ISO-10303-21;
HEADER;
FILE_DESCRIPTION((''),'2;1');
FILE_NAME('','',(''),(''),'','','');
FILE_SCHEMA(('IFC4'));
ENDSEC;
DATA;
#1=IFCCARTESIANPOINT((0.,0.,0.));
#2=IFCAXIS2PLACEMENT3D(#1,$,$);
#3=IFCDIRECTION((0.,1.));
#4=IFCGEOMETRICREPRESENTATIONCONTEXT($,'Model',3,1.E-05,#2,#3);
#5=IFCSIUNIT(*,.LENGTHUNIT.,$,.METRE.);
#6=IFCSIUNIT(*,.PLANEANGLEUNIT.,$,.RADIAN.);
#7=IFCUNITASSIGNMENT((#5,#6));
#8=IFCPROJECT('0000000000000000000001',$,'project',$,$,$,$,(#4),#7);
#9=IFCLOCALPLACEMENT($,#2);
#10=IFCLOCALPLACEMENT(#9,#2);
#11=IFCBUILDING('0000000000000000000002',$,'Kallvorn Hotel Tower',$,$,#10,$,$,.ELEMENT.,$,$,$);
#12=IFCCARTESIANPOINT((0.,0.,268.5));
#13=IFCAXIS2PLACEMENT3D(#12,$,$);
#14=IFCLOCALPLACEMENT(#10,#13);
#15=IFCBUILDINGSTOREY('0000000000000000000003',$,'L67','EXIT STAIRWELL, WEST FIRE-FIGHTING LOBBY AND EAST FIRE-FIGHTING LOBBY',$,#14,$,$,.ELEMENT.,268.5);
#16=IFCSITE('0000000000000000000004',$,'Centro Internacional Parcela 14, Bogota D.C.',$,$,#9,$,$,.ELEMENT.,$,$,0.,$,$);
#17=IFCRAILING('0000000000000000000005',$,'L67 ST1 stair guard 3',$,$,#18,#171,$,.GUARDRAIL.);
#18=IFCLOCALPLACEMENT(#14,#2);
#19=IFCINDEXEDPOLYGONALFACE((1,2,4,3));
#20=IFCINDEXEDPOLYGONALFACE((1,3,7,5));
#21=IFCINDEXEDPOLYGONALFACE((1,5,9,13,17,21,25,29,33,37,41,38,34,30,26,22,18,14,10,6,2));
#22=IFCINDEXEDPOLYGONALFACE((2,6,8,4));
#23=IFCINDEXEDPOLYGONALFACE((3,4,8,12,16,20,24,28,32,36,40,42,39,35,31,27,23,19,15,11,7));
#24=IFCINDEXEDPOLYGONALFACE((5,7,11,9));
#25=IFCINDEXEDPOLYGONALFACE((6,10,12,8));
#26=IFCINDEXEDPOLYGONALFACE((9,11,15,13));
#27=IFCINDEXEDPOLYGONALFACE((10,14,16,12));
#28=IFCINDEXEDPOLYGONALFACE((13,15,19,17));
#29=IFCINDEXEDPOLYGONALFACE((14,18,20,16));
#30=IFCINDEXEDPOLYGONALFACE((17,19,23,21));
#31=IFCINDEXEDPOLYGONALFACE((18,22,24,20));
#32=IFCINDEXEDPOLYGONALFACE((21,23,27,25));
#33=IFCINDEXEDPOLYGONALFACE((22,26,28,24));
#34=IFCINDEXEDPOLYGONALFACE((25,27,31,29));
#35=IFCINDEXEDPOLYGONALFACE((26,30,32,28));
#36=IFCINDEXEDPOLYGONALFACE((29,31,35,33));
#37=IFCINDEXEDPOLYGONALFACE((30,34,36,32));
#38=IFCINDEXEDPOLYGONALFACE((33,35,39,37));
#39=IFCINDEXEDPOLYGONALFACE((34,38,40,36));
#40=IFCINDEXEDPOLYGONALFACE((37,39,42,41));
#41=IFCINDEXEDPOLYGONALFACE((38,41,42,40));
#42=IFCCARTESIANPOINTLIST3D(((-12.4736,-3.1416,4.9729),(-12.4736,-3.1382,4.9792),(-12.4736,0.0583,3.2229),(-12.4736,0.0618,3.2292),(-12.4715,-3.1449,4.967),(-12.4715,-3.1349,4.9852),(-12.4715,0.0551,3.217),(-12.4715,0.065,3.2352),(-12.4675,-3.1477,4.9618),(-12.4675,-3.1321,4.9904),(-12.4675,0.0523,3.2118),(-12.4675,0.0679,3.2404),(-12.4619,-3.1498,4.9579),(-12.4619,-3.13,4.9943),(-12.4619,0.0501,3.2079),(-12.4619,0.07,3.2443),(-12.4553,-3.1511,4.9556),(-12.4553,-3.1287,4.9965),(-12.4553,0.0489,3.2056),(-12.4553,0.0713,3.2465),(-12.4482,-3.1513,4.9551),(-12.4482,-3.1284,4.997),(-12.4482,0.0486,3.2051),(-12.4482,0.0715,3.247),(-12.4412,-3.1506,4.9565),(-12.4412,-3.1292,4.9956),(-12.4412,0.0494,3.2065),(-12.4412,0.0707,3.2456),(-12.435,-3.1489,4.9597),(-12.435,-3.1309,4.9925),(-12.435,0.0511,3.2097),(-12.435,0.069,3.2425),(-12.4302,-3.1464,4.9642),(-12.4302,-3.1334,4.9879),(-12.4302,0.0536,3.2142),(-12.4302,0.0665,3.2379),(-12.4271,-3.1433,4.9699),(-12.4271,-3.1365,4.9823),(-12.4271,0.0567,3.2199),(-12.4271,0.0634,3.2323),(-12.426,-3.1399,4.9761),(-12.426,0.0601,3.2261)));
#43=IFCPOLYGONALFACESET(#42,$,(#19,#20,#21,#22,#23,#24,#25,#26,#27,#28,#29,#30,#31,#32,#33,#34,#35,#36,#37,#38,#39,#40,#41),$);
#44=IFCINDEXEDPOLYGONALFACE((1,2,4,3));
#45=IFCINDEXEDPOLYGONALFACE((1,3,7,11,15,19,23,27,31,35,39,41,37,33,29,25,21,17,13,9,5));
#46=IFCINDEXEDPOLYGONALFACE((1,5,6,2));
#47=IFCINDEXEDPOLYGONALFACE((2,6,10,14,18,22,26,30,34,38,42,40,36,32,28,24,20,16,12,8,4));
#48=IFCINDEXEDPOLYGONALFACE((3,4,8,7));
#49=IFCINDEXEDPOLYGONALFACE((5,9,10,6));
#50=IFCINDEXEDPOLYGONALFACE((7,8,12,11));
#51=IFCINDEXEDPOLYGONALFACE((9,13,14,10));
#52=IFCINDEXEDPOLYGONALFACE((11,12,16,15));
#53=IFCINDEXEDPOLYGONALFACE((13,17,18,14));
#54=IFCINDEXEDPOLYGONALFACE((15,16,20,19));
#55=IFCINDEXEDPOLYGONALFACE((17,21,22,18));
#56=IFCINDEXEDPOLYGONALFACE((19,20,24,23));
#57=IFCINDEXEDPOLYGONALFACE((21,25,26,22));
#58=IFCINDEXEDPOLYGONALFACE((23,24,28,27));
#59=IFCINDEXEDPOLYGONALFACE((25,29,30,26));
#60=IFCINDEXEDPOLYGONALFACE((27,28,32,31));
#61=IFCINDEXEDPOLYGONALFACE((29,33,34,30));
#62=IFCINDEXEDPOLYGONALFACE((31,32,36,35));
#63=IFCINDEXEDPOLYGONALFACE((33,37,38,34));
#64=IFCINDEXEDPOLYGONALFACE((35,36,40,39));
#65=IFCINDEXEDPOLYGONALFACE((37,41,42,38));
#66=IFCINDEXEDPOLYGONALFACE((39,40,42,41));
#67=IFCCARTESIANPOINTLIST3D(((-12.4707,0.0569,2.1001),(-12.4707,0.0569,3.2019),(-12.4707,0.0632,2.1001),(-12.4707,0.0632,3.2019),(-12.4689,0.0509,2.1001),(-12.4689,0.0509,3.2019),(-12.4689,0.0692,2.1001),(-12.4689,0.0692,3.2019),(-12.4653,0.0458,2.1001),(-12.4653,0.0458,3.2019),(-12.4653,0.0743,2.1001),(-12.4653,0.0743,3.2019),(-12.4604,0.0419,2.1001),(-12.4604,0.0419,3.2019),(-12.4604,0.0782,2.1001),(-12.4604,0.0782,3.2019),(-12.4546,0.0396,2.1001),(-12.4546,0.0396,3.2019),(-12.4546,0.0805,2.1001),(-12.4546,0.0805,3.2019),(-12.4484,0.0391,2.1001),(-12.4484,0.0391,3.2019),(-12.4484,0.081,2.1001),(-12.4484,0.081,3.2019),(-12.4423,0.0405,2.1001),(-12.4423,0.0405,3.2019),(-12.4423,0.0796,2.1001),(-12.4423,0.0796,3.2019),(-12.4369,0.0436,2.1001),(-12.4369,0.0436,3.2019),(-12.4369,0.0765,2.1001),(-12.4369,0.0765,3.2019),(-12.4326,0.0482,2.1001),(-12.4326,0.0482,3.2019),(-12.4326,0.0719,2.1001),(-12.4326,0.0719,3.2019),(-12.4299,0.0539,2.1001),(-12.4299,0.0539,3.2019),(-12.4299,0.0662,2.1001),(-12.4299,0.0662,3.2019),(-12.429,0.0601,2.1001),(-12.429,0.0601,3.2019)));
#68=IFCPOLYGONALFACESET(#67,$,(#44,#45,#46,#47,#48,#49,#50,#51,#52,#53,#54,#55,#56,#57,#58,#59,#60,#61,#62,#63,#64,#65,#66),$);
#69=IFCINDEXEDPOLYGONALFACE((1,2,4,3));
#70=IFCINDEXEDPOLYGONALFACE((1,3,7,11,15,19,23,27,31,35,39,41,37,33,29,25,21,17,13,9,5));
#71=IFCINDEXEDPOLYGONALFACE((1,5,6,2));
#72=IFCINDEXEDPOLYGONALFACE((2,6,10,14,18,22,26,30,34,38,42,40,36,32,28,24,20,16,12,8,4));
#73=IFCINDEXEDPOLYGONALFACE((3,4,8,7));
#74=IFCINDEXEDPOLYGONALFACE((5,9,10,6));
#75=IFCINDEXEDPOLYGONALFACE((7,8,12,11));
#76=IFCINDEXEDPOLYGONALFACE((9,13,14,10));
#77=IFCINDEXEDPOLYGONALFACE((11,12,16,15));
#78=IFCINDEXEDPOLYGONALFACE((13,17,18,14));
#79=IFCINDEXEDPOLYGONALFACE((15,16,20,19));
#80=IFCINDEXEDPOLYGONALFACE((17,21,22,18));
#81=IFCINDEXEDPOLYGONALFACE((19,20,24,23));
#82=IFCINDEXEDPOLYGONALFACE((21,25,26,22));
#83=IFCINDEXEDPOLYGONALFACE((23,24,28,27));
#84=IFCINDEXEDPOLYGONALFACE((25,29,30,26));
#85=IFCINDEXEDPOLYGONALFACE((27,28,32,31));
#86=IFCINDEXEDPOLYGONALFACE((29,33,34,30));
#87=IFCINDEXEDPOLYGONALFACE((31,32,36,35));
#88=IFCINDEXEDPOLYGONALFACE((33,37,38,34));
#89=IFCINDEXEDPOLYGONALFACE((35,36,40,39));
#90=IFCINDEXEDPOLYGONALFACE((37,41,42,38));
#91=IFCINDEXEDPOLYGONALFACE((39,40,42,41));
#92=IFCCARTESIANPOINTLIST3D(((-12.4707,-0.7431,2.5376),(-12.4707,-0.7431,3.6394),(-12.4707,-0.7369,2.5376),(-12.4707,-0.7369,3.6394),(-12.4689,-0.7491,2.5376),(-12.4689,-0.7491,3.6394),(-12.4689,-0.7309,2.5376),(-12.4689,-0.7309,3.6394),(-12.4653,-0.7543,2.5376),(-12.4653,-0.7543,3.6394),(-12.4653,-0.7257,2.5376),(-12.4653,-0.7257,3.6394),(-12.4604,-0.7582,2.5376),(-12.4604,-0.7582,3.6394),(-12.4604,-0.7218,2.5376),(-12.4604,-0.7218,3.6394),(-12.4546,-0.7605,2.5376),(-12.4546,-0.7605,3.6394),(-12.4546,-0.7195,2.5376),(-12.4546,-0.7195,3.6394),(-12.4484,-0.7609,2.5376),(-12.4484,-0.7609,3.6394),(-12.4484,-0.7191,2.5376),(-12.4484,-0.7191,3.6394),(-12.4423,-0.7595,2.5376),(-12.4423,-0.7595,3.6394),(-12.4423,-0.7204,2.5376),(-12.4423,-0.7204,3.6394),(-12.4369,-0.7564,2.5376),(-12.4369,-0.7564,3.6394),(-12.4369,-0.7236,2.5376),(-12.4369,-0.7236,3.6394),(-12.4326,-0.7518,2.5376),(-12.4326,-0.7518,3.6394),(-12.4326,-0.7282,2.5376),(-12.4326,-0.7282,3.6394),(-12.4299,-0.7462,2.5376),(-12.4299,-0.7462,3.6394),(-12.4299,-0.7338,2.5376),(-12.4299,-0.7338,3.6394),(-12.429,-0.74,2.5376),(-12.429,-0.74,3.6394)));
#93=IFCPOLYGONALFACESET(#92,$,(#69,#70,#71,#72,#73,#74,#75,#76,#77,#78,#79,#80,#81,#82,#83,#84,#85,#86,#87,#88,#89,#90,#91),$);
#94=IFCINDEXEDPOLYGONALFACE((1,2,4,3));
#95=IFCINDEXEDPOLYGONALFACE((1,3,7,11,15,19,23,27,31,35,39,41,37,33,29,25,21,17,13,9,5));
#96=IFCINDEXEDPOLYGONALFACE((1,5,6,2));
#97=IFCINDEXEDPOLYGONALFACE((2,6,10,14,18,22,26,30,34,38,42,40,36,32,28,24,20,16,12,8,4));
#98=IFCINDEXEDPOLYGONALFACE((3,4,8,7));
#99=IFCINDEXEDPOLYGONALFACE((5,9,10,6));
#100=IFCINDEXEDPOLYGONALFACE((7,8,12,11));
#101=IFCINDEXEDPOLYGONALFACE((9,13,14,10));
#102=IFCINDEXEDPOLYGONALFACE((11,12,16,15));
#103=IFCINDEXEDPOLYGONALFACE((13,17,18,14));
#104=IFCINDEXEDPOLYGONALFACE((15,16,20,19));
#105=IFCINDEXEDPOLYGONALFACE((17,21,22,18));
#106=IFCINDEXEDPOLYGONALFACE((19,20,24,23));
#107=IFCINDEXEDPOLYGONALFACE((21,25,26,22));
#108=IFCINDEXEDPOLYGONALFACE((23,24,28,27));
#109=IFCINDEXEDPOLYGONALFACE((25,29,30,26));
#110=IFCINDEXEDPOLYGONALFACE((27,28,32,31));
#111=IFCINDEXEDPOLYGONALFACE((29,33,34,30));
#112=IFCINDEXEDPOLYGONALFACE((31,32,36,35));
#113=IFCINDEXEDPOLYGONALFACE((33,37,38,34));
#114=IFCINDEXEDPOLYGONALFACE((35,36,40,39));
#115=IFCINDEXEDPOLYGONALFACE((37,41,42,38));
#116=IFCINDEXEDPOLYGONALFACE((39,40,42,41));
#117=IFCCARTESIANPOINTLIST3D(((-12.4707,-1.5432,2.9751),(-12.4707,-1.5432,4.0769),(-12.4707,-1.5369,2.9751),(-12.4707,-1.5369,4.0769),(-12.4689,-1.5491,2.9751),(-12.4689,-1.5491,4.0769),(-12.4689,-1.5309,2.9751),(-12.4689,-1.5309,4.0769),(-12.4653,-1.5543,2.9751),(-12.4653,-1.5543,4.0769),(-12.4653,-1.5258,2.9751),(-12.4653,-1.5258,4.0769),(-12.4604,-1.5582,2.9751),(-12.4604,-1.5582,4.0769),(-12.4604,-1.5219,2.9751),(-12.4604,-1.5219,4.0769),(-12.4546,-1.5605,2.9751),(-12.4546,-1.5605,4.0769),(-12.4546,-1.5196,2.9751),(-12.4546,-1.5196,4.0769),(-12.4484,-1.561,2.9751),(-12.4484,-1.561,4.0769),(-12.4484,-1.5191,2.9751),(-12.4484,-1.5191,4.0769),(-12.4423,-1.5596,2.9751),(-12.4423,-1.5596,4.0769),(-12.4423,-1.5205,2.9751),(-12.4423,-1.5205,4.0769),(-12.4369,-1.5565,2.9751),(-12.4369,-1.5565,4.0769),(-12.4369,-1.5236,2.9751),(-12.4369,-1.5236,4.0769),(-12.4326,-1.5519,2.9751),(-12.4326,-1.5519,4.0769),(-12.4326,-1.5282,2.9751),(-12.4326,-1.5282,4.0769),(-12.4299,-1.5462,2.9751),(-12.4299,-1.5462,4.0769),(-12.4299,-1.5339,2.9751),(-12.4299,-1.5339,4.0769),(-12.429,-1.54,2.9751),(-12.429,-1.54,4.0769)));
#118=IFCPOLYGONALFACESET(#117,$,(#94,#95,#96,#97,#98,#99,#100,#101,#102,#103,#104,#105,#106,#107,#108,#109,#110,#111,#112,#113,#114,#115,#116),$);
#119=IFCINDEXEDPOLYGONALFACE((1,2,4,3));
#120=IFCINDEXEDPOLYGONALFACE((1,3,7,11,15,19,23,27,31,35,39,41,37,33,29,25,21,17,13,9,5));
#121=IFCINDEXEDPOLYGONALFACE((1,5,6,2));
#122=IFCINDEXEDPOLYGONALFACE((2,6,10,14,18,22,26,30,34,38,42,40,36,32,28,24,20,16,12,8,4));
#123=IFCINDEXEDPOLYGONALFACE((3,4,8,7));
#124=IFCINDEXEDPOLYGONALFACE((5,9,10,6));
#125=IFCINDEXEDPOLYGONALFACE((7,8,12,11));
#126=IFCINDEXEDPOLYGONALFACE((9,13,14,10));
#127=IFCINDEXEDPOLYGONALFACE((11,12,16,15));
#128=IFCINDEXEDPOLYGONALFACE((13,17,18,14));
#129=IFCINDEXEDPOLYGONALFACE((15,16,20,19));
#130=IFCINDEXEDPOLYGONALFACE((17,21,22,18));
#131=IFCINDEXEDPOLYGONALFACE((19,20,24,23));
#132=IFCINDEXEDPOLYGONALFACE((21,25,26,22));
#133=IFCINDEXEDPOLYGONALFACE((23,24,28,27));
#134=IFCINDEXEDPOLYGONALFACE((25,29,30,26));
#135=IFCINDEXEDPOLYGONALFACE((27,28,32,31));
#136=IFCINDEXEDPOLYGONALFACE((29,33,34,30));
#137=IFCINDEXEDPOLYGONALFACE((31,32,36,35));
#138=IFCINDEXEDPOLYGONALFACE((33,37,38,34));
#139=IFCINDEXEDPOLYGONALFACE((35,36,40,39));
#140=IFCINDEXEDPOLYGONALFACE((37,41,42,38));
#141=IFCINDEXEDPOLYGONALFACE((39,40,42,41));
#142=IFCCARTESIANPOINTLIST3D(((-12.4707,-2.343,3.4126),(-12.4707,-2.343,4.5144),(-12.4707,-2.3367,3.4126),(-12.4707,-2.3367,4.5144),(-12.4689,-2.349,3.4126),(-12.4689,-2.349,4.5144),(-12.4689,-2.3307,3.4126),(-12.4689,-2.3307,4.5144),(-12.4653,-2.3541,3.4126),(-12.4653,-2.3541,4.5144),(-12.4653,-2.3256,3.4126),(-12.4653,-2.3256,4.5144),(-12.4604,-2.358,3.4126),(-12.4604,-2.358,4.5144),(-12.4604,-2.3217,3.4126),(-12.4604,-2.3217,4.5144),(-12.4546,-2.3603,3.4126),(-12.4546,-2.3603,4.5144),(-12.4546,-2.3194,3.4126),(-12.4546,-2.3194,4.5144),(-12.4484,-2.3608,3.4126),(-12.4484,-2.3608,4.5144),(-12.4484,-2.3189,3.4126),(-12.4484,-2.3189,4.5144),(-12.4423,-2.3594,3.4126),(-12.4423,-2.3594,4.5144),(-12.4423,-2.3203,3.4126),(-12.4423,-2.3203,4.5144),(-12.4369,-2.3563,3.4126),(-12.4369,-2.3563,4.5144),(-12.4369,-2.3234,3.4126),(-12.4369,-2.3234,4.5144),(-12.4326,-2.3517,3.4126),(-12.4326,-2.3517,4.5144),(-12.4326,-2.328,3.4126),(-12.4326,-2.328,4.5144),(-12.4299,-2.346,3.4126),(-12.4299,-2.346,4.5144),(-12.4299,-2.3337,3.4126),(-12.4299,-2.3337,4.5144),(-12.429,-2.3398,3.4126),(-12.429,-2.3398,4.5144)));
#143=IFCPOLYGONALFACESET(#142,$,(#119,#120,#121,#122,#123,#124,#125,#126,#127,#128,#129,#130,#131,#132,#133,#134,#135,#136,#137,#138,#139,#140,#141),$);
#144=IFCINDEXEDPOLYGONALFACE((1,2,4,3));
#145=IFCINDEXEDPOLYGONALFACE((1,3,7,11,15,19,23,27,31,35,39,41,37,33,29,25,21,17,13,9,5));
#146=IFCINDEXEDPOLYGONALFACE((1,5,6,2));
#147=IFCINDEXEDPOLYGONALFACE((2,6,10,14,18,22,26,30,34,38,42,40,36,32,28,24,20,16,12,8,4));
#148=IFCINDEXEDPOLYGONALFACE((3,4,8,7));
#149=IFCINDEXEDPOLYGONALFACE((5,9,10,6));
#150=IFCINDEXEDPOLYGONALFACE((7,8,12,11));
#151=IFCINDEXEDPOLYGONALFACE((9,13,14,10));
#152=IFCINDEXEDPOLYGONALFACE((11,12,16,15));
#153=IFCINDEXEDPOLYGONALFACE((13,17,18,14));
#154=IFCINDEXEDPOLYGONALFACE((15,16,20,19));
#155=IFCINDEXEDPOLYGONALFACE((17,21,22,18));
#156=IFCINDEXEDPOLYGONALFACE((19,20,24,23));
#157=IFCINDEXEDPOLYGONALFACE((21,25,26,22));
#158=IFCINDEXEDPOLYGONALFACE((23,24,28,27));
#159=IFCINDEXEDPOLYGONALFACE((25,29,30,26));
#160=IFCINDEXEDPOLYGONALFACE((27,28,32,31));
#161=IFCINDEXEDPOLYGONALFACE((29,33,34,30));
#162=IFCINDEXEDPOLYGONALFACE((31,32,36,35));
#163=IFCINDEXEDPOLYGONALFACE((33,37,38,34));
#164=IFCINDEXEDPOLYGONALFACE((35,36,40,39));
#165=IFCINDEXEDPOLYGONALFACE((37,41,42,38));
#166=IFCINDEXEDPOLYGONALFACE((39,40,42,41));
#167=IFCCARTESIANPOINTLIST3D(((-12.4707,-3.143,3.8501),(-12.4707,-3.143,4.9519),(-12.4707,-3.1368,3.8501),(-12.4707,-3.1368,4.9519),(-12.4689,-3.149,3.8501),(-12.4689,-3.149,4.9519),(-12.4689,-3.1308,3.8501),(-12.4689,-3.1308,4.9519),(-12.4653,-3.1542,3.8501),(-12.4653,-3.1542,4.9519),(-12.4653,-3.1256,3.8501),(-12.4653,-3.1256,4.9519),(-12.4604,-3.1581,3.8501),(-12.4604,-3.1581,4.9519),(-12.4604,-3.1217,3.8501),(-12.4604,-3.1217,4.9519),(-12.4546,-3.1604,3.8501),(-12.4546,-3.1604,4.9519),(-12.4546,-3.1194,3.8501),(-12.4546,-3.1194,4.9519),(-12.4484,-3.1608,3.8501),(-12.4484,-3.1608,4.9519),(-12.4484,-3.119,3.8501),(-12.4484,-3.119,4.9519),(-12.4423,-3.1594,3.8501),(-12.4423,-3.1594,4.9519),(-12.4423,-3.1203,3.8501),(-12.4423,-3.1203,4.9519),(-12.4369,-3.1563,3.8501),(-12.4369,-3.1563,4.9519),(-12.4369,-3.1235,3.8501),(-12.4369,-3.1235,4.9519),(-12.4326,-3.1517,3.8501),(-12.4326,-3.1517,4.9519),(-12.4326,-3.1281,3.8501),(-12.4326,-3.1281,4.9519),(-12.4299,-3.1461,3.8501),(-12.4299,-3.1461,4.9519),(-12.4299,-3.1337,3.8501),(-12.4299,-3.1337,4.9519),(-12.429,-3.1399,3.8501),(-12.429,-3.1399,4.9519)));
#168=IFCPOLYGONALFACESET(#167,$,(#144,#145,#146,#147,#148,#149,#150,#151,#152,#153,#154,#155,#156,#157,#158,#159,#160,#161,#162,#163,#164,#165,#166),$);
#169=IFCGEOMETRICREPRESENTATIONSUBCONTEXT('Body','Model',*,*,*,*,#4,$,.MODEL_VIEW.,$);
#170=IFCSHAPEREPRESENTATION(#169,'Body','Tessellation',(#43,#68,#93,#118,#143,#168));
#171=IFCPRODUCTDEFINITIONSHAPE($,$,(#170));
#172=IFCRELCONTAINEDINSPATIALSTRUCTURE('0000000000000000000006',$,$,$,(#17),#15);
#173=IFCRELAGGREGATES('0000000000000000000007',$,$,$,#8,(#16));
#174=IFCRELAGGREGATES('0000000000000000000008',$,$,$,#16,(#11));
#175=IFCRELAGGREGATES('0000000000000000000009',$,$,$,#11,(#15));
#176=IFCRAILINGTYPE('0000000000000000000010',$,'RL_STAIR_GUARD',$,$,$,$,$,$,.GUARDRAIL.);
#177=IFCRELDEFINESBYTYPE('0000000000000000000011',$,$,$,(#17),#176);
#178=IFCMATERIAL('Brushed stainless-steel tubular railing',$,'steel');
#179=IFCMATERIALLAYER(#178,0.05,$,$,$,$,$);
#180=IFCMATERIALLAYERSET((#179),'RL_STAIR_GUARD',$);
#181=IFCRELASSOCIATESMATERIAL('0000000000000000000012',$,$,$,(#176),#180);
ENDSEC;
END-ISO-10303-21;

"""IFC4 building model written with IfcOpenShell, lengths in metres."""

from ifc_helpers import new_model, si_unit, direction, frame, origin, origin_2d, place, context, subcontext, project, spatial, circle, extrude, material, layer, layer_set, type_object, element, save


model = new_model("IFC4")

# Units and contexts
model_context = context("Model", 3, precision=1e-05, world=origin(), true_north=direction((0.0, 1.0)))
body_context = subcontext(model_context, "Body", "Model", "MODEL_VIEW")
ifc_project = project(units=[si_unit("LENGTHUNIT", "METRE"), si_unit("PLANEANGLEUNIT", "RADIAN")], contexts=[model_context])

# Site, building, storey
site_placement = place(None, origin())
site = spatial("IfcSite", under=ifc_project, at=site_placement, Name="Centro Internacional Parcela 14, Bogota D.C.", CompositionType="ELEMENT", RefElevation=0.0)
building_placement = place(site_placement, origin())
building = spatial("IfcBuilding", under=site, at=building_placement, Name="Kallvorn Hotel Tower", CompositionType="ELEMENT")
storey_placement = place(building_placement, frame((0.0, 0.0, 268.5)))
storey = spatial("IfcBuildingStorey", under=building, at=storey_placement, Name="L67", Description="EXIT STAIRWELL, WEST FIRE-FIGHTING LOBBY AND EAST FIRE-FIGHTING LOBBY", CompositionType="ELEMENT", Elevation=268.5)

# Railing
ifc_material_1 = material(Name="Brushed stainless-steel tubular railing", Category="steel")
ifc_layer_1 = layer(ifc_material_1, 0.05)
ifc_layer_set_1 = layer_set([ifc_layer_1], Name="RL_STAIR_GUARD")
railing_type_1 = type_object("IfcRailingType", Name="RL_STAIR_GUARD", PredefinedType="GUARDRAIL", material=ifc_layer_set_1)
railing_1_placement = place(storey_placement, frame((-12.45, 0.0601, 2.1001)))
element("IfcRailing", 1, at=railing_1_placement, inside=storey, type_object=railing_type_1, Name="L67 ST1 stair guard 3", PredefinedType="GUARDRAIL", context=body_context, shape_type="SweptSolid", body=[
    extrude(circle(Radius=0.0239, at=origin_2d()), frame((0.0, 0.0, 1.126), z_axis=(0.0, -0.877368, 0.479818), x_axis=(1.0, 0.0, 0.0)), (0.0, 0.0, 1.0), 3.6472),
    extrude(circle(Radius=0.021, at=origin_2d()), origin(), (0.0, 0.0, 1.0), 1.1018),
    extrude(circle(Radius=0.021, at=origin_2d()), frame((0.0, -0.8, 0.4375)), (0.0, 0.0, 1.0), 1.1018),
    extrude(circle(Radius=0.021, at=origin_2d()), frame((0.0, -1.6001, 0.875)), (0.0, 0.0, 1.0), 1.1018),
    extrude(circle(Radius=0.021, at=origin_2d()), frame((0.0, -2.3999, 1.3125)), (0.0, 0.0, 1.0), 1.1018),
    extrude(circle(Radius=0.021, at=origin_2d()), frame((0.0, -3.2, 1.75)), (0.0, 0.0, 1.0), 1.1018),
])

save(model, "model.ifc")
